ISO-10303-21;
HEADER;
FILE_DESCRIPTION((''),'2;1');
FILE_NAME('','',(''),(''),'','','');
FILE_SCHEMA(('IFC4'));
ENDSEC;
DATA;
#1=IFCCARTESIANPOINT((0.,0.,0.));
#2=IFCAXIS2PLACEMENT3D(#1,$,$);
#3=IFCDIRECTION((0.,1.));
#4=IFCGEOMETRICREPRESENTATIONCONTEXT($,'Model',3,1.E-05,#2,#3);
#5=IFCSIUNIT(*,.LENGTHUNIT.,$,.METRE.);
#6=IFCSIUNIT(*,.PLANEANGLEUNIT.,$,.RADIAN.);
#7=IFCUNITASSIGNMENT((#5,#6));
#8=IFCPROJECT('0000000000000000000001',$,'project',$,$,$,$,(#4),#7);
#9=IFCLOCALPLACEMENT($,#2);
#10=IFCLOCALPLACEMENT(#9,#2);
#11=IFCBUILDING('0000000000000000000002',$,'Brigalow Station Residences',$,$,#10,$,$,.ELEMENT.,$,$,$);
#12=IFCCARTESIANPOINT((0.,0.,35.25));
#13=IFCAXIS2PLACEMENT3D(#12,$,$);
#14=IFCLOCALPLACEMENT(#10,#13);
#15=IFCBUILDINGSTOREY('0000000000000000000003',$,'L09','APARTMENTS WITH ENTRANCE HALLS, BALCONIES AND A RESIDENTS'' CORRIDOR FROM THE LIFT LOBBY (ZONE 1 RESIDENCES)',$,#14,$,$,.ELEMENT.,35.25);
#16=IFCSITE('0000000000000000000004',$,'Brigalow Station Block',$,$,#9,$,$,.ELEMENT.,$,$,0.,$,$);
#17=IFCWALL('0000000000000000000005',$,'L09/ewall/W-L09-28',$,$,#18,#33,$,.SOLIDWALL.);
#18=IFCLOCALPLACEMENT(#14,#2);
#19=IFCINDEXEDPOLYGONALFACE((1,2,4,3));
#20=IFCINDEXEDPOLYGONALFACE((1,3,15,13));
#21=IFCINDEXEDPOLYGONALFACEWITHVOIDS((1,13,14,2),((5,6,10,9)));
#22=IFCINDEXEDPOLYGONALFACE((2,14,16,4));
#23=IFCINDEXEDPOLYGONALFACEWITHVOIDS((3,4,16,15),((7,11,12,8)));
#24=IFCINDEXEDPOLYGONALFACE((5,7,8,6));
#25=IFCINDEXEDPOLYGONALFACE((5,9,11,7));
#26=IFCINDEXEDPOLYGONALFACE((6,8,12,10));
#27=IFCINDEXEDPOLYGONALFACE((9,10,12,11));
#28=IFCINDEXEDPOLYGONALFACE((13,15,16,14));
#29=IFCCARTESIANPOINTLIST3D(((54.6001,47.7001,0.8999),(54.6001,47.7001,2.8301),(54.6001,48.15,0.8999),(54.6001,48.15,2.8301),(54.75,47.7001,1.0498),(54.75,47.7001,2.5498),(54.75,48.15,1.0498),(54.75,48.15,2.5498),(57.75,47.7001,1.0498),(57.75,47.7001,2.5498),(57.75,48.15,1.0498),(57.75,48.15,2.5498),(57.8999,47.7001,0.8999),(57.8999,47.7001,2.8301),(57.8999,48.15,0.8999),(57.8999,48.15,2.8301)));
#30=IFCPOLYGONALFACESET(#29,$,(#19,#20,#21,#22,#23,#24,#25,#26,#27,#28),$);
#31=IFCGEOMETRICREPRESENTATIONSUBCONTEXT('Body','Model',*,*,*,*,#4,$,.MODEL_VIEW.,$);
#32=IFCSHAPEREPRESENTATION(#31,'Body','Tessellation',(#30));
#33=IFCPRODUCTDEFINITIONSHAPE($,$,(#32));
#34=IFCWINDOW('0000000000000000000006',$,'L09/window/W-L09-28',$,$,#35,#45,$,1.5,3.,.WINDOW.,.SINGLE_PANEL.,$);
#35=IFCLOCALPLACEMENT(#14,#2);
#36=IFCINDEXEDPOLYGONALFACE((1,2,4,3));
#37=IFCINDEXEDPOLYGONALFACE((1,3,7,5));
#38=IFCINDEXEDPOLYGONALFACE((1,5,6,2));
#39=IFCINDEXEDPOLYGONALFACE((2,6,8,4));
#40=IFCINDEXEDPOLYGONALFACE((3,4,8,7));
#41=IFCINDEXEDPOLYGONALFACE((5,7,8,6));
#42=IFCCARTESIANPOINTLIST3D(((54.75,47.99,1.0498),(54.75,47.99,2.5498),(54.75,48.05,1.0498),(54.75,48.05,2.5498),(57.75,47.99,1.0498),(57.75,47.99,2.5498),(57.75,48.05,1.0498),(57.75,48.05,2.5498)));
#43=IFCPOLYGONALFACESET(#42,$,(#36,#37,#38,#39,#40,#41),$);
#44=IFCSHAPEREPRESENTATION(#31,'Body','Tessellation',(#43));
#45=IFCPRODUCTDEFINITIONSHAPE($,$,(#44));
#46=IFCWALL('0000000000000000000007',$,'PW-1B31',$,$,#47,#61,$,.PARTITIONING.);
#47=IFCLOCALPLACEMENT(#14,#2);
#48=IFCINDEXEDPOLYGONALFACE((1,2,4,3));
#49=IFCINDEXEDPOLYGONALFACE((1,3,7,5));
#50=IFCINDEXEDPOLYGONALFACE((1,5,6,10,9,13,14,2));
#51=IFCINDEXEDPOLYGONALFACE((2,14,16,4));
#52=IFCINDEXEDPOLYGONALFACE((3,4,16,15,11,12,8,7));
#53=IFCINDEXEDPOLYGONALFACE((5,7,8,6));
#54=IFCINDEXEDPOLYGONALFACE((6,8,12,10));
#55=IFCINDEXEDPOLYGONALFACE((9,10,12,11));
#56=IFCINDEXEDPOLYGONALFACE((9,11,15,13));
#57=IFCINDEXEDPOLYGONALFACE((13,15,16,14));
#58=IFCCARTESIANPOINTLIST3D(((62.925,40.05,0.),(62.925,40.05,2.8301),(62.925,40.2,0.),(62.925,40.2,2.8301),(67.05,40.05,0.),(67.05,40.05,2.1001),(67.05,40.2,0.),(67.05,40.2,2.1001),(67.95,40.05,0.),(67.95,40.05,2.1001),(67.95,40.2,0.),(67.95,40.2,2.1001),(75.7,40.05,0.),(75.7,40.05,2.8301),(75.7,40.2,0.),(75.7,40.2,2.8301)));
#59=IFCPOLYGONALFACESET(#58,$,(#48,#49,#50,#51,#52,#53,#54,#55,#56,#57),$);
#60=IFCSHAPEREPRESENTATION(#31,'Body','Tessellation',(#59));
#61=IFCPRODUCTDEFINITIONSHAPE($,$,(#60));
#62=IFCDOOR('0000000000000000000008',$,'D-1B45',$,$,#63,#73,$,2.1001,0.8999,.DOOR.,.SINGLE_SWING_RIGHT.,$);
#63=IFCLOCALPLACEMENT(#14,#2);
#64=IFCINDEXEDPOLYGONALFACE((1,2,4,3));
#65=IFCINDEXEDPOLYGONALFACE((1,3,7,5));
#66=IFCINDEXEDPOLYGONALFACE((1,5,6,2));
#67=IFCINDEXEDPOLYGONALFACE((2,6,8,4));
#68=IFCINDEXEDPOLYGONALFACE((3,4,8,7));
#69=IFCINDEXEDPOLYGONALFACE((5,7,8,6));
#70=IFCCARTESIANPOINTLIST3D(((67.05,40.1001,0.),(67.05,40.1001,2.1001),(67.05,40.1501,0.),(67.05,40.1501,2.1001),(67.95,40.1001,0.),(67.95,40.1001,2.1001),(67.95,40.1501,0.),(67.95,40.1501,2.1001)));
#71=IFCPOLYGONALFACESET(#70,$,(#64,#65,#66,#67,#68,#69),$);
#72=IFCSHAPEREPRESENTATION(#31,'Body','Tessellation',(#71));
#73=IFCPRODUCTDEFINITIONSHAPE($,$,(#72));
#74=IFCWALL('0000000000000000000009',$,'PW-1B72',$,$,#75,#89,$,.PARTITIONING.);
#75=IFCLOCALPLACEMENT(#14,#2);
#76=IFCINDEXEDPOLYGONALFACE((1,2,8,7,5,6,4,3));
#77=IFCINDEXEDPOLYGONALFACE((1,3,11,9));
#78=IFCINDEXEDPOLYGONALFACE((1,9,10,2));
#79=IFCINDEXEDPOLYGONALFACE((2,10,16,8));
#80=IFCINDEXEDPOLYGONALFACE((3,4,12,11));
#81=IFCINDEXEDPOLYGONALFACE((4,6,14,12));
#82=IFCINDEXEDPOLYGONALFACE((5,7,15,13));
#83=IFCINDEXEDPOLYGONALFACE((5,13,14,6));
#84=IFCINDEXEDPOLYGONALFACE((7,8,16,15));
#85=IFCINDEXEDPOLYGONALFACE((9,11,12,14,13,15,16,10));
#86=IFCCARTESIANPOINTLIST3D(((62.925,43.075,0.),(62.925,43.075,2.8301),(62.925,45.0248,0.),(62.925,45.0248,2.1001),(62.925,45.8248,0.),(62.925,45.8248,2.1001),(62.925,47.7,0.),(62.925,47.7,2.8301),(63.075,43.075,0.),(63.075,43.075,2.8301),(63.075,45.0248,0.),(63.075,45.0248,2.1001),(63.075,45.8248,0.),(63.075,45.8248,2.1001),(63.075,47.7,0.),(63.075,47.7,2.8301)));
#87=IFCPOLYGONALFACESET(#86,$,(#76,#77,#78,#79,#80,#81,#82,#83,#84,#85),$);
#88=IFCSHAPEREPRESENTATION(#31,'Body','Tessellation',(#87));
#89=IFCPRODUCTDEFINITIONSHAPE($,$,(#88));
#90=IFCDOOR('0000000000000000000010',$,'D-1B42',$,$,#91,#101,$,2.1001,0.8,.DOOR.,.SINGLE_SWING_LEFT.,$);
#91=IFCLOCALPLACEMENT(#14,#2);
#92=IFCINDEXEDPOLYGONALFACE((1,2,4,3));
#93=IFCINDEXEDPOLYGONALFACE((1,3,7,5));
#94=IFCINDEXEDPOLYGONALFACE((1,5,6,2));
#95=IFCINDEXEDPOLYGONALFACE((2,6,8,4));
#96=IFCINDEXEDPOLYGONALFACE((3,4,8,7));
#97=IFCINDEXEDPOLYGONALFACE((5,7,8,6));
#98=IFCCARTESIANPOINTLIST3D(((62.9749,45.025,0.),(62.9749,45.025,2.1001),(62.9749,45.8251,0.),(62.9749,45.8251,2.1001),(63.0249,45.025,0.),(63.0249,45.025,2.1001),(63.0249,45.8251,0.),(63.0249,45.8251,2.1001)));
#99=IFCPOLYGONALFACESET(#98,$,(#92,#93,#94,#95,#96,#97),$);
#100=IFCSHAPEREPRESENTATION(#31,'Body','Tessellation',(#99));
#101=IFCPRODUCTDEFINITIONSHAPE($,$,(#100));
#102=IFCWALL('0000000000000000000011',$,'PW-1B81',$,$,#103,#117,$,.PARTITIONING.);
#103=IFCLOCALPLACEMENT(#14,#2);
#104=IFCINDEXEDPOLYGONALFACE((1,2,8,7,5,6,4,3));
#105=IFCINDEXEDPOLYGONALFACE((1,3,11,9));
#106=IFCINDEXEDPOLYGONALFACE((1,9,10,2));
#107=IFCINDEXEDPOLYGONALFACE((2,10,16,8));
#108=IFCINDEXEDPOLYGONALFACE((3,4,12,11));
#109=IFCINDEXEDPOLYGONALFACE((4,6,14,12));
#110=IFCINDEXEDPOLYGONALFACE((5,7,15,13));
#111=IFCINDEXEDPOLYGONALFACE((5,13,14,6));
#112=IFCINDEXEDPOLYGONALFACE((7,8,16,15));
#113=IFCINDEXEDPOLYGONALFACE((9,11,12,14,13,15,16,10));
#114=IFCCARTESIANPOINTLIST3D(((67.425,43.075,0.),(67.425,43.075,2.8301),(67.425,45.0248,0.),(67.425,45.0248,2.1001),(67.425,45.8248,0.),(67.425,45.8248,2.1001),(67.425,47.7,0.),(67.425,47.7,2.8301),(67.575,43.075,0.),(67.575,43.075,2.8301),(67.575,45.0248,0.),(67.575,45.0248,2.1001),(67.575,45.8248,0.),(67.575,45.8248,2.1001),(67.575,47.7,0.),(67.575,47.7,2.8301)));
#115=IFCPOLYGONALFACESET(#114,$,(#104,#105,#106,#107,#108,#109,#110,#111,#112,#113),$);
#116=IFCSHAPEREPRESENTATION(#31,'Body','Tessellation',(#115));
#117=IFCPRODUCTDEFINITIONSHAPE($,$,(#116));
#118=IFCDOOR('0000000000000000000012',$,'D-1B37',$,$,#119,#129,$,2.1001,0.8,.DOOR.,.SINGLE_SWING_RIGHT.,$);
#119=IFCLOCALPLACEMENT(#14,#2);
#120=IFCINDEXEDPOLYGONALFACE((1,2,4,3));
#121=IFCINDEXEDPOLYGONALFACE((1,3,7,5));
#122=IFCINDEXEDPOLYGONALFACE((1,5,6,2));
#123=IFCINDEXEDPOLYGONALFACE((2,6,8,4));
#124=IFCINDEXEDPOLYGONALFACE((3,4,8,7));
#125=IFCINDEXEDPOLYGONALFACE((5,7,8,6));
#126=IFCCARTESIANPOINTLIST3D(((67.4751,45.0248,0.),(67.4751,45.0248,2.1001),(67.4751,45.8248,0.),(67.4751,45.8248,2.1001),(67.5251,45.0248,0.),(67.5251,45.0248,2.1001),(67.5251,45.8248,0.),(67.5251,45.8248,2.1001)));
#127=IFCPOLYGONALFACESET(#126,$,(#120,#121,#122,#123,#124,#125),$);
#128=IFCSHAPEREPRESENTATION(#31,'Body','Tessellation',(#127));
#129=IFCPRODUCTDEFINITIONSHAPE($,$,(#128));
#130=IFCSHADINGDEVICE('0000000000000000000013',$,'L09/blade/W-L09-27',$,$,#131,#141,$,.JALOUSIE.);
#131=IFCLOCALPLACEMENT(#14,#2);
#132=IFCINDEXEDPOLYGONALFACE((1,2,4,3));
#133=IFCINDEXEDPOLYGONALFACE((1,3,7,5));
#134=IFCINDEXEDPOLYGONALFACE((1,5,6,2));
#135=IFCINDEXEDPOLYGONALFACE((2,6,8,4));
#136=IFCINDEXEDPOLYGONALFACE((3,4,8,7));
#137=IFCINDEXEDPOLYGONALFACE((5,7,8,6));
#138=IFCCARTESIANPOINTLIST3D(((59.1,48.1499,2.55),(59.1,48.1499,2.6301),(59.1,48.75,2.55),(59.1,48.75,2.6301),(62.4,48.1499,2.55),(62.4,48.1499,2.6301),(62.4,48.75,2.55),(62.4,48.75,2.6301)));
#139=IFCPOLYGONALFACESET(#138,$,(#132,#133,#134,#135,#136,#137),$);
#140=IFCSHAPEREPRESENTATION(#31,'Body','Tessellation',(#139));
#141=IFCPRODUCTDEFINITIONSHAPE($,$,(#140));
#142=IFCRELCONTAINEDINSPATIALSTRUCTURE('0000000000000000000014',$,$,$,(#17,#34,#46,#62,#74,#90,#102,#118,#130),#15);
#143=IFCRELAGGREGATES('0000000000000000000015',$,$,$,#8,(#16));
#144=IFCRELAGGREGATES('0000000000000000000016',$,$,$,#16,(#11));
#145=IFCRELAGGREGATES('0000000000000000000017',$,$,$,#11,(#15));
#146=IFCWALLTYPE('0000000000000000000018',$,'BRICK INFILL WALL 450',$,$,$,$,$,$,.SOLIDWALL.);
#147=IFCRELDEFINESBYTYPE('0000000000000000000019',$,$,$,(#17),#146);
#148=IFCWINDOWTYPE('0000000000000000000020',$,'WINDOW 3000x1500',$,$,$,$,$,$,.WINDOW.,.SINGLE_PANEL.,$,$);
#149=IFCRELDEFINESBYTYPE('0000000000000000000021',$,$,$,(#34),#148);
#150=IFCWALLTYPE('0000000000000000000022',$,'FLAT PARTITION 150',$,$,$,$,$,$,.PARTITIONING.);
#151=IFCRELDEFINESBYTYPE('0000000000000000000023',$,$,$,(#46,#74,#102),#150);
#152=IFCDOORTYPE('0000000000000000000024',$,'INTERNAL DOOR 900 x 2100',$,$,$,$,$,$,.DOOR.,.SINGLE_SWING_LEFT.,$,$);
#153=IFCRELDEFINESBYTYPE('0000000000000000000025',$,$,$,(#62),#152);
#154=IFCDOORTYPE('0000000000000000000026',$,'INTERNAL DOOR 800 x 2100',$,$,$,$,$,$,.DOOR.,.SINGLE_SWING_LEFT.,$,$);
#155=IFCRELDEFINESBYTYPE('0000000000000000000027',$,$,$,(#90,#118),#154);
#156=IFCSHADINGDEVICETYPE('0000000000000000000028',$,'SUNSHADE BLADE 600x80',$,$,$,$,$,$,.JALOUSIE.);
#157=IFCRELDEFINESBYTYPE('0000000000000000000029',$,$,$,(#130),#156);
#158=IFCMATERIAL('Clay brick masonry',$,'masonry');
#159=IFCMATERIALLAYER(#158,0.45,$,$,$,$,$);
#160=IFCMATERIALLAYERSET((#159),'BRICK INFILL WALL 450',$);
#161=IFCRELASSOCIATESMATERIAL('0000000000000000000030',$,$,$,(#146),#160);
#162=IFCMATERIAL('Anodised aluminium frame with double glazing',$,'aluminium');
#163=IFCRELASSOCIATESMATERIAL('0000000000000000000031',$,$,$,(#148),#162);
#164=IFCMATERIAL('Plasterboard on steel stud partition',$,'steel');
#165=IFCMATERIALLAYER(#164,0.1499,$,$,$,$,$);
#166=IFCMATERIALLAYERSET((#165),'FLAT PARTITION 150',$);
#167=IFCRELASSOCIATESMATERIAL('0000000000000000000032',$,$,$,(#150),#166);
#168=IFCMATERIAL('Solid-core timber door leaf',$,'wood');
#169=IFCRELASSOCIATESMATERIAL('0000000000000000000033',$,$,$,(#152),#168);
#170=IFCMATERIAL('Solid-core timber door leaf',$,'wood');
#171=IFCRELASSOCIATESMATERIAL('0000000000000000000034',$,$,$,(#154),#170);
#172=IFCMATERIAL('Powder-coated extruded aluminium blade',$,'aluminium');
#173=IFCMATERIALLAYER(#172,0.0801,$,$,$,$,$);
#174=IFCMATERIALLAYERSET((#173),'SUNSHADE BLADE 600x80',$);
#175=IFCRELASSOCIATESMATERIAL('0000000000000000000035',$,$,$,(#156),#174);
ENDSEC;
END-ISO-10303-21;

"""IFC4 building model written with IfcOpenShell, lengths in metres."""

from ifc_helpers import new_model, si_unit, direction, frame, frame_2d, origin, origin_2d, place, context, subcontext, project, spatial, rectangle, extrude, material, layer, layer_set, type_object, element, fill, save


model = new_model("IFC4")

# Units and contexts
model_context = context("Model", 3, precision=1e-05, world=origin(), true_north=direction((0.0, 1.0)))
body_context = subcontext(model_context, "Body", "Model", "MODEL_VIEW")
ifc_project = project(units=[si_unit("LENGTHUNIT", "METRE"), si_unit("PLANEANGLEUNIT", "RADIAN")], contexts=[model_context])

# Site, building, storey
site_placement = place(None, origin())
site = spatial("IfcSite", under=ifc_project, at=site_placement, Name="Brigalow Station Block", CompositionType="ELEMENT", RefElevation=0.0)
building_placement = place(site_placement, origin())
building = spatial("IfcBuilding", under=site, at=building_placement, Name="Brigalow Station Residences", CompositionType="ELEMENT")
storey_placement = place(building_placement, frame((0.0, 0.0, 35.25)))
storey = spatial("IfcBuildingStorey", under=building, at=storey_placement, Name="L09", Description="APARTMENTS WITH ENTRANCE HALLS, BALCONIES AND A RESIDENTS' CORRIDOR FROM THE LIFT LOBBY (ZONE 1 RESIDENCES)", CompositionType="ELEMENT", Elevation=35.25)

# Shared definitions
ifc_material_1 = material(Name="Clay brick masonry", Category="masonry")
ifc_layer_1 = layer(ifc_material_1, 0.45)
ifc_layer_set_1 = layer_set([ifc_layer_1], Name="BRICK INFILL WALL 450")
wall_type_1 = type_object("IfcWallType", Name="BRICK INFILL WALL 450", PredefinedType="SOLIDWALL", material=ifc_layer_set_1)

# Wall, opening, window
ifc_material_2 = material(Name="Anodised aluminium frame with double glazing", Category="aluminium")
window_type = type_object("IfcWindowType", Name="WINDOW 3000x1500", PartitioningType="SINGLE_PANEL", PredefinedType="WINDOW", material=ifc_material_2)
wall_1_placement = place(storey_placement, frame((57.8999, 47.925, 0.8999), z_axis=(0.0, 0.0, 1.0), x_axis=(-1.0, 0.0, 0.0)))
wall_1 = element("IfcWall", 1, at=wall_1_placement, inside=storey, type_object=wall_type_1, Name="L09/ewall/W-L09-28", PredefinedType="SOLIDWALL", context=body_context, shape_type="SweptSolid", body=[
    extrude(rectangle(XDim=3.2998, YDim=0.45, at=frame_2d((1.6499, 0.0))), origin(), (0.0, 0.0, 1.0), 1.9302),
])
opening_1_placement = place(wall_1_placement, frame((0.1499, 0.0, 0.1499)))
opening_1 = element("IfcOpeningElement", 2, at=opening_1_placement, cuts=wall_1, PredefinedType="OPENING", context=body_context, shape_type="SweptSolid", body=[
    extrude(rectangle(XDim=3.0, YDim=1.5, at=frame_2d((1.5, 0.75))), frame((0.0, 0.2349, 0.0), z_axis=(0.0, -1.0, 0.0), x_axis=(1.0, 0.0, 0.0)), (0.0, 0.0, 1.0), 0.47),
])
window_1_placement = place(opening_1_placement, origin())
window_1 = element("IfcWindow", 3, at=window_1_placement, inside=storey, type_object=window_type, Name="L09/window/W-L09-28", OverallHeight=1.5, OverallWidth=3.0, PartitioningType="SINGLE_PANEL", PredefinedType="WINDOW", context=body_context, shape_type="SweptSolid", body=[
    extrude(rectangle(XDim=3.0, YDim=1.5, at=frame_2d((1.5, 0.75))), frame((0.0, -0.0649, 0.0), z_axis=(0.0, -1.0, 0.0), x_axis=(1.0, 0.0, 0.0)), (0.0, 0.0, 1.0), 0.0601),
])
fill(opening_1, window_1)

# Walls, openings, doors
ifc_material_3 = material(Name="Plasterboard on steel stud partition", Category="steel")
ifc_layer_2 = layer(ifc_material_3, 0.1499)
ifc_layer_set_2 = layer_set([ifc_layer_2], Name="FLAT PARTITION 150")
wall_type_2 = type_object("IfcWallType", Name="FLAT PARTITION 150", PredefinedType="PARTITIONING", material=ifc_layer_set_2)
wall_2_placement = place(storey_placement, frame((62.925, 40.125, 0.0), z_axis=(0.0, 0.0, 1.0), x_axis=(1.0, 0.0, 0.0)))
wall_2 = element("IfcWall", 4, at=wall_2_placement, inside=storey, type_object=wall_type_2, Name="PW-1B31", PredefinedType="PARTITIONING", context=body_context, shape_type="SweptSolid", body=[
    extrude(rectangle(XDim=12.7749, YDim=0.1499, at=frame_2d((6.3875, 0.0))), origin(), (0.0, 0.0, 1.0), 2.8301),
])
opening_2_placement = place(wall_2_placement, frame((4.125, 0.0, 0.0)))
opening_2 = element("IfcOpeningElement", 5, at=opening_2_placement, cuts=wall_2, PredefinedType="OPENING", context=body_context, shape_type="SweptSolid", body=[
    extrude(rectangle(XDim=0.8999, YDim=2.1001, at=frame_2d((0.45, 1.05))), frame((0.0, 0.085, 0.0), z_axis=(0.0, -1.0, 0.0), x_axis=(1.0, 0.0, 0.0)), (0.0, 0.0, 1.0), 0.1699),
])
ifc_material_4 = material(Name="Solid-core timber door leaf", Category="wood")
door_type_1 = type_object("IfcDoorType", Name="INTERNAL DOOR 900 x 2100", OperationType="SINGLE_SWING_LEFT", PredefinedType="DOOR", material=ifc_material_4)
door_1_placement = place(opening_2_placement, frame((0.8999, 0.0, 0.0), z_axis=(0.0, 0.0, 1.0), x_axis=(-1.0, 0.0, 0.0)))
door_1 = element("IfcDoor", 6, at=door_1_placement, inside=storey, type_object=door_type_1, Name="D-1B45", OperationType="SINGLE_SWING_RIGHT", OverallHeight=2.1001, OverallWidth=0.8999, PredefinedType="DOOR", context=body_context, shape_type="SweptSolid", body=[
    extrude(rectangle(XDim=0.8999, YDim=2.1001, at=frame_2d((0.45, 1.05))), frame((0.0, 0.0249, 0.0), z_axis=(0.0, -1.0, 0.0), x_axis=(1.0, 0.0, 0.0)), (0.0, 0.0, 1.0), 0.05),
])
fill(opening_2, door_1)
wall_3_placement = place(storey_placement, frame((63.0, 43.075, 0.0), z_axis=(0.0, 0.0, 1.0), x_axis=(0.0, 1.0, 0.0)))
wall_3 = element("IfcWall", 7, at=wall_3_placement, inside=storey, type_object=wall_type_2, Name="PW-1B72", PredefinedType="PARTITIONING", context=body_context, shape_type="SweptSolid", body=[
    extrude(rectangle(XDim=4.625, YDim=0.1499, at=frame_2d((2.3125, 0.0))), origin(), (0.0, 0.0, 1.0), 2.8301),
])
opening_3_placement = place(wall_3_placement, frame((1.95, 0.0, 0.0)))
opening_3 = element("IfcOpeningElement", 8, at=opening_3_placement, cuts=wall_3, PredefinedType="OPENING", context=body_context, shape_type="SweptSolid", body=[
    extrude(rectangle(XDim=0.8, YDim=2.1001, at=frame_2d((0.3999, 1.05))), frame((0.0, 0.085, 0.0), z_axis=(0.0, -1.0, 0.0), x_axis=(1.0, 0.0, 0.0)), (0.0, 0.0, 1.0), 0.1699),
])
ifc_material_5 = material(Name="Solid-core timber door leaf", Category="wood")
door_type_2 = type_object("IfcDoorType", Name="INTERNAL DOOR 800 x 2100", OperationType="SINGLE_SWING_LEFT", PredefinedType="DOOR", material=ifc_material_5)
door_2_placement = place(opening_3_placement, frame((0.8, 0.0, 0.0), z_axis=(0.0, 0.0, 1.0), x_axis=(-1.0, 0.0, 0.0)))
door_2 = element("IfcDoor", 9, at=door_2_placement, inside=storey, type_object=door_type_2, Name="D-1B42", OperationType="SINGLE_SWING_LEFT", OverallHeight=2.1001, OverallWidth=0.8, PredefinedType="DOOR", context=body_context, shape_type="SweptSolid", body=[
    extrude(rectangle(XDim=0.8, YDim=2.1001, at=frame_2d((0.3999, 1.05))), frame((0.0, 0.0249, 0.0), z_axis=(0.0, -1.0, 0.0), x_axis=(1.0, 0.0, 0.0)), (0.0, 0.0, 1.0), 0.05),
])
fill(opening_3, door_2)
wall_4_placement = place(storey_placement, frame((67.5, 43.075, 0.0), z_axis=(0.0, 0.0, 1.0), x_axis=(0.0, 1.0, 0.0)))
wall_4 = element("IfcWall", 10, at=wall_4_placement, inside=storey, type_object=wall_type_2, Name="PW-1B81", PredefinedType="PARTITIONING", context=body_context, shape_type="SweptSolid", body=[
    extrude(rectangle(XDim=4.625, YDim=0.1499, at=frame_2d((2.3125, 0.0))), origin(), (0.0, 0.0, 1.0), 2.8301),
])
opening_4_placement = place(wall_4_placement, frame((1.95, 0.0, 0.0)))
opening_4 = element("IfcOpeningElement", 11, at=opening_4_placement, cuts=wall_4, PredefinedType="OPENING", context=body_context, shape_type="SweptSolid", body=[
    extrude(rectangle(XDim=0.8, YDim=2.1001, at=frame_2d((0.3999, 1.05))), frame((0.0, 0.085, 0.0), z_axis=(0.0, -1.0, 0.0), x_axis=(1.0, 0.0, 0.0)), (0.0, 0.0, 1.0), 0.1699),
])
door_3_placement = place(opening_4_placement, origin())
door_3 = element("IfcDoor", 12, at=door_3_placement, inside=storey, type_object=door_type_2, Name="D-1B37", OperationType="SINGLE_SWING_RIGHT", OverallHeight=2.1001, OverallWidth=0.8, PredefinedType="DOOR", context=body_context, shape_type="SweptSolid", body=[
    extrude(rectangle(XDim=0.8, YDim=2.1001, at=frame_2d((0.3999, 1.05))), frame((0.0, 0.0249, 0.0), z_axis=(0.0, -1.0, 0.0), x_axis=(1.0, 0.0, 0.0)), (0.0, 0.0, 1.0), 0.05),
])
fill(opening_4, door_3)

# Shading device
ifc_material_6 = material(Name="Powder-coated extruded aluminium blade", Category="aluminium")
ifc_layer_3 = layer(ifc_material_6, 0.0801)
ifc_layer_set_3 = layer_set([ifc_layer_3], Name="SUNSHADE BLADE 600x80")
shading_device_type = type_object("IfcShadingDeviceType", Name="SUNSHADE BLADE 600x80", PredefinedType="JALOUSIE", material=ifc_layer_set_3)
shading_device_placement = place(storey_placement, frame((60.75, 48.45, 2.55), z_axis=(0.0, 0.0, 1.0), x_axis=(-1.0, 0.0, 0.0)))
element("IfcShadingDevice", 13, at=shading_device_placement, inside=storey, type_object=shading_device_type, Name="L09/blade/W-L09-27", PredefinedType="JALOUSIE", context=body_context, shape_type="SweptSolid", body=[
    extrude(rectangle(XDim=3.3, YDim=0.6001, at=origin_2d()), origin(), (0.0, 0.0, 1.0), 0.0801),
])

save(model, "model.ifc")
